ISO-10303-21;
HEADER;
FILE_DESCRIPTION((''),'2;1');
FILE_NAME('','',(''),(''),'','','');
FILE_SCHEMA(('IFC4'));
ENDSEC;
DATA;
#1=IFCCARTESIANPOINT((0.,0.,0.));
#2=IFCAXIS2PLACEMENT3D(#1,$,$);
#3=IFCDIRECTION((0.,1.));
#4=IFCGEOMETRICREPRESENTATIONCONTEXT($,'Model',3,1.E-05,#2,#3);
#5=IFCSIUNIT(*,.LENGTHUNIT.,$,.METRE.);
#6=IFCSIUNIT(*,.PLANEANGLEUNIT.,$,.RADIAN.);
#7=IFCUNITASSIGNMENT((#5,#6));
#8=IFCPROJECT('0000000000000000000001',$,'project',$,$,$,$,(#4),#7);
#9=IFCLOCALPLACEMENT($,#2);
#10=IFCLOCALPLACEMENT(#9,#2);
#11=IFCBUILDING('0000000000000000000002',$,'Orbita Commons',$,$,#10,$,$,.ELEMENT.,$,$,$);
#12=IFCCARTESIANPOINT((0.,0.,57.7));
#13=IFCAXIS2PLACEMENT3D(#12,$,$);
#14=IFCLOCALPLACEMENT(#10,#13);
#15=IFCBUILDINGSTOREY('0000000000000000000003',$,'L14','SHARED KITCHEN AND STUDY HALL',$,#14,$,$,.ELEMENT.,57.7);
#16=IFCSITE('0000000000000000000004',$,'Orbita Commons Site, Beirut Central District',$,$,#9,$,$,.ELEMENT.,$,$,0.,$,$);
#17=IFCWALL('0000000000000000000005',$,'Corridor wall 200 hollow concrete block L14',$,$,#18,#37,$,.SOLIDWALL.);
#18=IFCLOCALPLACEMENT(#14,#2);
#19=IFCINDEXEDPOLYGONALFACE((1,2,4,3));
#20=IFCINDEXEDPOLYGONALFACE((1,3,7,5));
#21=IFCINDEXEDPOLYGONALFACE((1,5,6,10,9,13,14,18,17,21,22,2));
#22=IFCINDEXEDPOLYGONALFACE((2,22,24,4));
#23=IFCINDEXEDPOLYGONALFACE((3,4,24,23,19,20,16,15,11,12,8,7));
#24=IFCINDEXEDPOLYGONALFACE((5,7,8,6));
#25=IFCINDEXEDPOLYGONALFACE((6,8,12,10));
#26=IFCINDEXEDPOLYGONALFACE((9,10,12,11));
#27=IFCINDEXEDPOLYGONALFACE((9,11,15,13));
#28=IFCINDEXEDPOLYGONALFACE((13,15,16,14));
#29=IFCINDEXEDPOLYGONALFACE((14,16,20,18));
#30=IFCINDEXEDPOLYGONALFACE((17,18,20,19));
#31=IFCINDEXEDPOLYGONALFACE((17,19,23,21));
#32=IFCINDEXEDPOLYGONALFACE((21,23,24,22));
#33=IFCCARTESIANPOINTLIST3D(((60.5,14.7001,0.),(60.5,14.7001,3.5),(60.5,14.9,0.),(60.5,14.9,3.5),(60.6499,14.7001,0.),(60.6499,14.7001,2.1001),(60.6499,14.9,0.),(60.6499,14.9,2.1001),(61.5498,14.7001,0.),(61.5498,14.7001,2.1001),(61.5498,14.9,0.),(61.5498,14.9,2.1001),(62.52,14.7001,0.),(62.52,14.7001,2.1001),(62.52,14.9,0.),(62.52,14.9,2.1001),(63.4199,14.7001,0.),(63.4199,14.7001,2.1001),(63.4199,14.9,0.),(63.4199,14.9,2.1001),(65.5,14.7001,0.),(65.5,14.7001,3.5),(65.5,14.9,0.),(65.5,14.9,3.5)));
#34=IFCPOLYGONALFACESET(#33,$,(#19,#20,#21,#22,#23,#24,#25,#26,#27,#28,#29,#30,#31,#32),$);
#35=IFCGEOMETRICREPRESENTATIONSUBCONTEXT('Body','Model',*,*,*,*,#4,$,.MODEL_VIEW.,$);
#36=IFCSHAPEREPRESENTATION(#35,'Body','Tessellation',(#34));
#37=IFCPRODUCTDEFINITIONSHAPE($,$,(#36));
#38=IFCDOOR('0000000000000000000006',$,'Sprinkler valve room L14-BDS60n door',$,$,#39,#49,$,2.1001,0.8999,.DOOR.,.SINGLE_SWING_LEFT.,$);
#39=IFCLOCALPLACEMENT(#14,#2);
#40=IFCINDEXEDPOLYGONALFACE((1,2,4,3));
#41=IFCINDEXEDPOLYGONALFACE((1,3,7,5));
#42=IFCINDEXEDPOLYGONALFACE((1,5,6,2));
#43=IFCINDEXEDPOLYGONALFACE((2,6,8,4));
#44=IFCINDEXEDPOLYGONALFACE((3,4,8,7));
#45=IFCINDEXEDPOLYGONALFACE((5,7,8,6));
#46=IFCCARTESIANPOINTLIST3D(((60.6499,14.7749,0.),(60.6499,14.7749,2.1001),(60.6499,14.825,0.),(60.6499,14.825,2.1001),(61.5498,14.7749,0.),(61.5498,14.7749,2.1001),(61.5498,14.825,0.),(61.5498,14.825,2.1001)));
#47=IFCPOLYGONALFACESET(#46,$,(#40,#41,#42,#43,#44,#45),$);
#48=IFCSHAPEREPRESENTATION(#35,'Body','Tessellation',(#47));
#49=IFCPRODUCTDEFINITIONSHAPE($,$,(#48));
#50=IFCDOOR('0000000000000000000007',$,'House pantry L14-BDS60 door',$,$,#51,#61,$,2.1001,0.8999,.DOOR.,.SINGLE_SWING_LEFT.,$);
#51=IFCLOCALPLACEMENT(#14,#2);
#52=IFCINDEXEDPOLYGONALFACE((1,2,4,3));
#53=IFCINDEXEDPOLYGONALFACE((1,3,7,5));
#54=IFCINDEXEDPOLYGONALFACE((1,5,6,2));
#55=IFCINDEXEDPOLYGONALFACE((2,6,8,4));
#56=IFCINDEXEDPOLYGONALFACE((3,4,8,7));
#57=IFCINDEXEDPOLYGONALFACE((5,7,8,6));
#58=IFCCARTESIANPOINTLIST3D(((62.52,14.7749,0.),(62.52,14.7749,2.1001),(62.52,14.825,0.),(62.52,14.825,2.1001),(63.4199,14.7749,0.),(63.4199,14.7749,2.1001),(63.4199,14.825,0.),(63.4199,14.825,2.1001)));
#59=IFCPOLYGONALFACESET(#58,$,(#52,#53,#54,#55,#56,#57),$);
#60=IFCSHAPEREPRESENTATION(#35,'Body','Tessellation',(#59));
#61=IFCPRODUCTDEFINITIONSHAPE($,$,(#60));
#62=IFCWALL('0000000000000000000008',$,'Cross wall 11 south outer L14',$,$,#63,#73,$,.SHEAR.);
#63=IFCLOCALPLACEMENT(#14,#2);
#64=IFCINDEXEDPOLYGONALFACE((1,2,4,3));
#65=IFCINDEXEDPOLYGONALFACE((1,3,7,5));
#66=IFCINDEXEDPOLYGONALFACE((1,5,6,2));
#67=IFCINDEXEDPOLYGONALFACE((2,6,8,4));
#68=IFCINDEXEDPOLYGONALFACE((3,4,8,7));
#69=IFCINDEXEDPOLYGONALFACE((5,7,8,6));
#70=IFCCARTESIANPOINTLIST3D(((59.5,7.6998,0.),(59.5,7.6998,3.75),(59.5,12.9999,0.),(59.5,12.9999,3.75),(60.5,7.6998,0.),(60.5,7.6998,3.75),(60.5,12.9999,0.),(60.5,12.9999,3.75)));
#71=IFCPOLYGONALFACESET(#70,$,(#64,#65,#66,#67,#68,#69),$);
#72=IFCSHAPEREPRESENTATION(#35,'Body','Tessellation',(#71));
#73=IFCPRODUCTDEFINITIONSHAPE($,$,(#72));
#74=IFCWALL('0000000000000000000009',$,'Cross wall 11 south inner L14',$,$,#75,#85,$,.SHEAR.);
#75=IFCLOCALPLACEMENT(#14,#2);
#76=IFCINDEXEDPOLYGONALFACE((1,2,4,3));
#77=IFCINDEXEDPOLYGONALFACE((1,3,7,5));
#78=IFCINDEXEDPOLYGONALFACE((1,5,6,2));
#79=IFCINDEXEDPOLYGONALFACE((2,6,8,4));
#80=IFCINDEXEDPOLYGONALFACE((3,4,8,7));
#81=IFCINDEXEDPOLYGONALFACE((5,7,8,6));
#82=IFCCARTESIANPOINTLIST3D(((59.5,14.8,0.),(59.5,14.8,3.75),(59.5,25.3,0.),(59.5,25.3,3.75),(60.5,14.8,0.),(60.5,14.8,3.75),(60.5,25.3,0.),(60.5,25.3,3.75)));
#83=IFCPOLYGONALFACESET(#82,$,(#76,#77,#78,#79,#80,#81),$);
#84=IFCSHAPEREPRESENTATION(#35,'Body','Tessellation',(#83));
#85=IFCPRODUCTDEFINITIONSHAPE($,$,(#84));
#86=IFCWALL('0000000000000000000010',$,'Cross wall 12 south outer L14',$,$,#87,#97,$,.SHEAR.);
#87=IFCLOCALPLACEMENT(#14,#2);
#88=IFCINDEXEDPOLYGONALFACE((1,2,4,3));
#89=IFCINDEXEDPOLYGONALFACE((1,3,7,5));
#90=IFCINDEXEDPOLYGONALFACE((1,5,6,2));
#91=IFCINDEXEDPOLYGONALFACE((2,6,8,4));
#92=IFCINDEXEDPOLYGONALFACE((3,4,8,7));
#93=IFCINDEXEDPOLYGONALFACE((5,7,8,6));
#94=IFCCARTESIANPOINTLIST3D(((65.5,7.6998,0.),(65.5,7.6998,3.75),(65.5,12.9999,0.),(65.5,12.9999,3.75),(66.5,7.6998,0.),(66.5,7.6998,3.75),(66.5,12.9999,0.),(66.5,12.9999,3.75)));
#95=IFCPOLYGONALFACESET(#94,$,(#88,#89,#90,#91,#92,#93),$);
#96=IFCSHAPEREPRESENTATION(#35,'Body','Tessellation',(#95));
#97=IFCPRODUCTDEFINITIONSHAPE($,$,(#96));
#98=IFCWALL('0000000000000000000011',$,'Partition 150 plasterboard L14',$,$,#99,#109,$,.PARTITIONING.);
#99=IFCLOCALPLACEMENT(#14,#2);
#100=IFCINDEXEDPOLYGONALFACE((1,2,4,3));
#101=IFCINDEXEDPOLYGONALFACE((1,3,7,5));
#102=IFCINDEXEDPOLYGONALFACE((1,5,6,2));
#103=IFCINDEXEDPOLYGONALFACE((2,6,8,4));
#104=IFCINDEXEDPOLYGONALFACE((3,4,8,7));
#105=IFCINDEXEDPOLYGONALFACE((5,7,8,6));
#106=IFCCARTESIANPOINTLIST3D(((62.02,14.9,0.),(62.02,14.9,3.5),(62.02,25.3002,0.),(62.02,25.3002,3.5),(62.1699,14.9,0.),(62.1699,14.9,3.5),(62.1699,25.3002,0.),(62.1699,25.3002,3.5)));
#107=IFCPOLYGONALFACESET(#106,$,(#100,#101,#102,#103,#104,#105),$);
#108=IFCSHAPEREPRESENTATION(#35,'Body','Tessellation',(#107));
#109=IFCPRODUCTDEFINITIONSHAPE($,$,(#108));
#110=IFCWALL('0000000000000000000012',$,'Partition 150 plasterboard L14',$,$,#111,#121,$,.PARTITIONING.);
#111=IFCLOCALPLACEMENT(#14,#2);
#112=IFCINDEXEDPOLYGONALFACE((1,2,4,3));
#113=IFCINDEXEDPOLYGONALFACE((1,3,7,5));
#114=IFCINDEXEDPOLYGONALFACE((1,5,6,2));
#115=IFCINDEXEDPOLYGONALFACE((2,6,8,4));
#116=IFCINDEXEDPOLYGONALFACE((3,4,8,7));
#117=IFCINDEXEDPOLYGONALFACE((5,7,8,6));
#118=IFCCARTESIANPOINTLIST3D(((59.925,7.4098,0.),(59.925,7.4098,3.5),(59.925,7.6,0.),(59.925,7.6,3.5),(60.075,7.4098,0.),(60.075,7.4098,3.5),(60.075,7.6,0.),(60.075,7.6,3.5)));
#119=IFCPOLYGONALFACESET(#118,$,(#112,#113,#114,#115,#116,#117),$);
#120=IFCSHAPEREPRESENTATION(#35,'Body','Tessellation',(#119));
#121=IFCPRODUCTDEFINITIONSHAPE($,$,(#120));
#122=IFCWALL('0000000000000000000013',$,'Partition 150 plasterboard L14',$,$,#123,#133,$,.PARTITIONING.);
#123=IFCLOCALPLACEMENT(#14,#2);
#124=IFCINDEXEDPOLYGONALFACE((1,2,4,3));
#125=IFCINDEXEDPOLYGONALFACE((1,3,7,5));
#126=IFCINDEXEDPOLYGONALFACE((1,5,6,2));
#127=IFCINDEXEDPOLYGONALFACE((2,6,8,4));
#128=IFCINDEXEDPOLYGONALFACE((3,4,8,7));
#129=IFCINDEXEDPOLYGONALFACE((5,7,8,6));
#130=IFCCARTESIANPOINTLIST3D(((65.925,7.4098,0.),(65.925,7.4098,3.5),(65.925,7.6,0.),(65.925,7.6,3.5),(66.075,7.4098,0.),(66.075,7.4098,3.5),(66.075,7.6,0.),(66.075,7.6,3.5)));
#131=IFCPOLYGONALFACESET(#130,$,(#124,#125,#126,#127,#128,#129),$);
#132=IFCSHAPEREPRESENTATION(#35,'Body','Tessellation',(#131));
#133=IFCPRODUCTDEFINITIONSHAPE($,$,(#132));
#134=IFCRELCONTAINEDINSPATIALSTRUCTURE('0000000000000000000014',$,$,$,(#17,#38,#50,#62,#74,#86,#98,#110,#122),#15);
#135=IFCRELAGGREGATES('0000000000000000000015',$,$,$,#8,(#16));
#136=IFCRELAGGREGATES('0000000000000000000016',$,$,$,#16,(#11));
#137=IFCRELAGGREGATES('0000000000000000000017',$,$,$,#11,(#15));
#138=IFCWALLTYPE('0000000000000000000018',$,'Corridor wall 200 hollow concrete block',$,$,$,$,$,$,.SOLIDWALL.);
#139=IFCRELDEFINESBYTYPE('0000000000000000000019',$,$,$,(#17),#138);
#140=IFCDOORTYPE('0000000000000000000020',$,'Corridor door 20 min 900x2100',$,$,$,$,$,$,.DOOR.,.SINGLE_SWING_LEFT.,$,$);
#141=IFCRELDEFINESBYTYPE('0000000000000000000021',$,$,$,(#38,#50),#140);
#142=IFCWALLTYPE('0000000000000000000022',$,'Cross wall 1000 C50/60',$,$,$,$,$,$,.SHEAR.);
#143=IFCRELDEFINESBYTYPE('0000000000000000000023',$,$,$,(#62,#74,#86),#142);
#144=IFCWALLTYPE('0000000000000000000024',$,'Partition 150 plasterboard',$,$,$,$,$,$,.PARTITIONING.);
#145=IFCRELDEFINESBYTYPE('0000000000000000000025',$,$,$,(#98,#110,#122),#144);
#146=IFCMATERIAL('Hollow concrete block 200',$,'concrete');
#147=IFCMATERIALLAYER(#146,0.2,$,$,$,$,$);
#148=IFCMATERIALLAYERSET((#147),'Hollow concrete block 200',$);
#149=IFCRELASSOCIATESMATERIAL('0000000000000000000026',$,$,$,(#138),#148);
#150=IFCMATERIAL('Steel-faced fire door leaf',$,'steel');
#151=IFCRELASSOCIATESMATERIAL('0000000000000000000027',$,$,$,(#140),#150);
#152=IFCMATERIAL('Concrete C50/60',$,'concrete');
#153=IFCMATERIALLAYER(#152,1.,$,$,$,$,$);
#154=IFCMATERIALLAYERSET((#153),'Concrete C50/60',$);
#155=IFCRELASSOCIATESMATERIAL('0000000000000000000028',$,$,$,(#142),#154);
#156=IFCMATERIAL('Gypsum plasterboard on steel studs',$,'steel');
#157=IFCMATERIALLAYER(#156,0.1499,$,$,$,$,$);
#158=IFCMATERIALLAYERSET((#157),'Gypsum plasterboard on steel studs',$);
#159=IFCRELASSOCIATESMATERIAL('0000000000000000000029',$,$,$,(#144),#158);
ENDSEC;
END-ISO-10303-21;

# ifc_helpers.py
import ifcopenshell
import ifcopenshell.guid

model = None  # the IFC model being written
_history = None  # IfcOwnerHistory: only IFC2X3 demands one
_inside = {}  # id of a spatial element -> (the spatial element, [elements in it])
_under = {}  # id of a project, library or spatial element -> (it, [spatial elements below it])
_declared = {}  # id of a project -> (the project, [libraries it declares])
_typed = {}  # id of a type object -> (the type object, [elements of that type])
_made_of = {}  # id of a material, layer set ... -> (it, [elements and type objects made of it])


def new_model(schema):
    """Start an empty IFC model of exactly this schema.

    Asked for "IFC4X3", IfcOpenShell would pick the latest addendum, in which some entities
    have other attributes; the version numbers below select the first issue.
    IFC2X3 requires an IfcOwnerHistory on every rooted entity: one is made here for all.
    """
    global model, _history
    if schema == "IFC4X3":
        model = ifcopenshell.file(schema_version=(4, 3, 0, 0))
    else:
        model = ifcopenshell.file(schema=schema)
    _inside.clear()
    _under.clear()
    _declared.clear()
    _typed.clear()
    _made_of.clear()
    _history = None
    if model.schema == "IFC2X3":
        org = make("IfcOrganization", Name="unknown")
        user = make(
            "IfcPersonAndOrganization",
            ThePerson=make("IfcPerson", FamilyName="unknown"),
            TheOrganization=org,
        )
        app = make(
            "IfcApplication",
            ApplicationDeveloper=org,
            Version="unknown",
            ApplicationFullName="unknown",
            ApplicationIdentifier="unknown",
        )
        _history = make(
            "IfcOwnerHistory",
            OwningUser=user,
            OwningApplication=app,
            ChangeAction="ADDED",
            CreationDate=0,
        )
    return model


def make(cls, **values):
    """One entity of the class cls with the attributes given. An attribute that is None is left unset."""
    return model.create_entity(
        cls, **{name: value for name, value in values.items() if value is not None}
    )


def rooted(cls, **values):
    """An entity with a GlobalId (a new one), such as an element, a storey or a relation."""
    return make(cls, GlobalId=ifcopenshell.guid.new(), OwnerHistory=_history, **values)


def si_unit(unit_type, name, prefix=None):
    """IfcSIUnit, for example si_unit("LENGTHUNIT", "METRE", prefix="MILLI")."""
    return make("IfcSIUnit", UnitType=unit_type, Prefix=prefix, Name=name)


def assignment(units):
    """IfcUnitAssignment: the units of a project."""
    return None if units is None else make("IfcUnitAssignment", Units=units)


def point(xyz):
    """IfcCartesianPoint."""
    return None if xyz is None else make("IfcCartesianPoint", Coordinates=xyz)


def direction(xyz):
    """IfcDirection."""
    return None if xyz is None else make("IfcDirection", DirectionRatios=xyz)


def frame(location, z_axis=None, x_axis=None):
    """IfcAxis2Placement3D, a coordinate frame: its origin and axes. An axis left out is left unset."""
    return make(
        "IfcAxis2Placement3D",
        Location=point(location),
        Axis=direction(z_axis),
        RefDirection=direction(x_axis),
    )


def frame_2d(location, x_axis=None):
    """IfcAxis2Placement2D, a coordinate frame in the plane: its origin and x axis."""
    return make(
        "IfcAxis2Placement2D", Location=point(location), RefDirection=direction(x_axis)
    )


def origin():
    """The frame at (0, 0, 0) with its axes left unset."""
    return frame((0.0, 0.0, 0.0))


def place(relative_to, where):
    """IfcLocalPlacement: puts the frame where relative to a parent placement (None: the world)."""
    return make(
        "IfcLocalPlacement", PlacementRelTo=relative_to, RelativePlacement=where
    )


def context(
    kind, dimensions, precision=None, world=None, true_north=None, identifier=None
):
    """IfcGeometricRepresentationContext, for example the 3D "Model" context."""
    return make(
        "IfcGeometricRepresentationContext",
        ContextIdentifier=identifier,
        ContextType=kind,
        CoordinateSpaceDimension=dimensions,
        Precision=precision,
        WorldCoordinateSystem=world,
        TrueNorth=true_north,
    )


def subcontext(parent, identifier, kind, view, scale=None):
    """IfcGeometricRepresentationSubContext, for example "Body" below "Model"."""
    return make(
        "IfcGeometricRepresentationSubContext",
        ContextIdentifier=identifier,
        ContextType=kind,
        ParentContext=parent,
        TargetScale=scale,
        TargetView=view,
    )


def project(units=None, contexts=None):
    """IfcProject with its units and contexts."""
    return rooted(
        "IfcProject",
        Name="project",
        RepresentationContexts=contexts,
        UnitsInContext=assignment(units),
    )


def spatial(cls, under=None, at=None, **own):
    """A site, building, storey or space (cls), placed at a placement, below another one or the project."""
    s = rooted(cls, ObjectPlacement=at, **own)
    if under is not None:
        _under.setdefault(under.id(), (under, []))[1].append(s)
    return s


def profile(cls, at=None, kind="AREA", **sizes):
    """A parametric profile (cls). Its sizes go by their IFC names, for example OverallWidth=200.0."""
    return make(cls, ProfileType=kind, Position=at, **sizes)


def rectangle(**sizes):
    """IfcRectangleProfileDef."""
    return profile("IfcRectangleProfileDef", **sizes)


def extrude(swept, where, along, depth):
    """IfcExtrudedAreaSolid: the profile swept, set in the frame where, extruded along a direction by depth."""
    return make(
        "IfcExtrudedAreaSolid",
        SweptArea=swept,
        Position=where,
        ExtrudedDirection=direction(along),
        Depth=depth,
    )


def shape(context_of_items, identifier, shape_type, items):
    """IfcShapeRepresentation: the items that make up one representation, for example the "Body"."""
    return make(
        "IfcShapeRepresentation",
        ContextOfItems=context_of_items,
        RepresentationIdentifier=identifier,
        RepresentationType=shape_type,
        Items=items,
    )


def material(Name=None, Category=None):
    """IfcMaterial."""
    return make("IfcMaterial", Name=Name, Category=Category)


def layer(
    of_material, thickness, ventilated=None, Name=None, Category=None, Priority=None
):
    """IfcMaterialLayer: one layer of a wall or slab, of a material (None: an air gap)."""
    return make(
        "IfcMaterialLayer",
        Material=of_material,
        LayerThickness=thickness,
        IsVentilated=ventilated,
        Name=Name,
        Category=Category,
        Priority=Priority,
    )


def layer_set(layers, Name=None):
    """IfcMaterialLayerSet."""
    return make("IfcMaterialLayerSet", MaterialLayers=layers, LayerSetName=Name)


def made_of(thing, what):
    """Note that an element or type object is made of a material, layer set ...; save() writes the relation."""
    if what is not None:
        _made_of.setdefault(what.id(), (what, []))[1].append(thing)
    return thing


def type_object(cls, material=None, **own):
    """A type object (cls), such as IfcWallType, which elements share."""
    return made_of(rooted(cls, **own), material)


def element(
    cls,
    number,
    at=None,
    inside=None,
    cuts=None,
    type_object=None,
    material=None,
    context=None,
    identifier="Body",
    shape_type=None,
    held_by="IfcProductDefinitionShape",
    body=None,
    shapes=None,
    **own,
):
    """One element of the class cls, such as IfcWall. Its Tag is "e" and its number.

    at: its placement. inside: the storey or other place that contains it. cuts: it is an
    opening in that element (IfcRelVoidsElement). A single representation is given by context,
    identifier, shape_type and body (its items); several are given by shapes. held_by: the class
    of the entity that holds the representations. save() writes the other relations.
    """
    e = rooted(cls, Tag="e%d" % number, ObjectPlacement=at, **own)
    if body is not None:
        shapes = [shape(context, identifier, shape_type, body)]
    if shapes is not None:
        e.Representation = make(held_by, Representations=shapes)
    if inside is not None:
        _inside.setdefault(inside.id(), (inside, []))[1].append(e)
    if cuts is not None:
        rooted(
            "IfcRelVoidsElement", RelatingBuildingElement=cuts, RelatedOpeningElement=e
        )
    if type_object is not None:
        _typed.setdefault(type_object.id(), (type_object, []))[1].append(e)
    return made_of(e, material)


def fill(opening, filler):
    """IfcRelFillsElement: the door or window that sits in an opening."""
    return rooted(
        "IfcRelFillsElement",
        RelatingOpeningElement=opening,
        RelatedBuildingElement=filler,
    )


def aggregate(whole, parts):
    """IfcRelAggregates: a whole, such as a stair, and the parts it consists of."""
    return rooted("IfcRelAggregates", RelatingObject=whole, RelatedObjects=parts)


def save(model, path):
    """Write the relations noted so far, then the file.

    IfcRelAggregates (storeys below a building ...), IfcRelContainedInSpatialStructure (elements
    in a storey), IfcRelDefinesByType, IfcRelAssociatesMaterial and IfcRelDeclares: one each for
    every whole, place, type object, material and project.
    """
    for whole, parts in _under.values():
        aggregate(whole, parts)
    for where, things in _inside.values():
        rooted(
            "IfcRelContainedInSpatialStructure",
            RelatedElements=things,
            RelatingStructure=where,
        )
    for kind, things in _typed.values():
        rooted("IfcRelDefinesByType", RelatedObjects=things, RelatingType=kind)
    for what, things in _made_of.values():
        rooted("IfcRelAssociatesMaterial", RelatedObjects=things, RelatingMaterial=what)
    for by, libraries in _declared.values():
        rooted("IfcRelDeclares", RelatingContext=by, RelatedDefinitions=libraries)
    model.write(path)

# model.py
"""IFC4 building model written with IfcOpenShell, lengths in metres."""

from ifc_helpers import new_model, si_unit, direction, frame, frame_2d, origin, place, context, subcontext, project, spatial, rectangle, extrude, material, layer, layer_set, type_object, element, fill, save


model = new_model("IFC4")

# Units and contexts
model_context = context("Model", 3, precision=1e-05, world=origin(), true_north=direction((0.0, 1.0)))
body_context = subcontext(model_context, "Body", "Model", "MODEL_VIEW")
ifc_project = project(units=[si_unit("LENGTHUNIT", "METRE"), si_unit("PLANEANGLEUNIT", "RADIAN")], contexts=[model_context])

# Site, building, storey
site_placement = place(None, origin())
site = spatial("IfcSite", under=ifc_project, at=site_placement, Name="Orbita Commons Site, Beirut Central District", CompositionType="ELEMENT", RefElevation=0.0)
building_placement = place(site_placement, origin())
building = spatial("IfcBuilding", under=site, at=building_placement, Name="Orbita Commons", CompositionType="ELEMENT")
storey_placement = place(building_placement, frame((0.0, 0.0, 57.7)))
storey = spatial("IfcBuildingStorey", under=building, at=storey_placement, Name="L14", Description="SHARED KITCHEN AND STUDY HALL", CompositionType="ELEMENT", Elevation=57.7)

# Wall, openings, doors
ifc_material_1 = material(Name="Hollow concrete block 200", Category="concrete")
ifc_layer_1 = layer(ifc_material_1, 0.2)
ifc_layer_set_1 = layer_set([ifc_layer_1], Name="Hollow concrete block 200")
wall_type_1 = type_object("IfcWallType", Name="Corridor wall 200 hollow concrete block", PredefinedType="SOLIDWALL", material=ifc_layer_set_1)
wall_1_placement = place(storey_placement, frame((60.5, 14.8, 0.0), z_axis=(0.0, 0.0, 1.0), x_axis=(1.0, 0.0, 0.0)))
wall_1 = element("IfcWall", 1, at=wall_1_placement, inside=storey, type_object=wall_type_1, Name="Corridor wall 200 hollow concrete block L14", PredefinedType="SOLIDWALL", context=body_context, shape_type="SweptSolid", body=[
    extrude(rectangle(XDim=5.0, YDim=0.2, at=frame_2d((2.5, 0.0))), origin(), (0.0, 0.0, 1.0), 3.5),
])
opening_1_placement = place(wall_1_placement, frame((0.1499, 0.0, 0.0)))
opening_1 = element("IfcOpeningElement", 2, at=opening_1_placement, cuts=wall_1, PredefinedType="OPENING", context=body_context, shape_type="SweptSolid", body=[
    extrude(rectangle(XDim=0.8999, YDim=2.1001, at=frame_2d((0.45, 1.05))), frame((0.0, 0.1099, 0.0), z_axis=(0.0, -1.0, 0.0), x_axis=(1.0, 0.0, 0.0)), (0.0, 0.0, 1.0), 0.22),
])
opening_2_placement = place(wall_1_placement, frame((2.02, 0.0, 0.0)))
opening_2 = element("IfcOpeningElement", 3, at=opening_2_placement, cuts=wall_1, PredefinedType="OPENING", context=body_context, shape_type="SweptSolid", body=[
    extrude(rectangle(XDim=0.8999, YDim=2.1001, at=frame_2d((0.45, 1.05))), frame((0.0, 0.1099, 0.0), z_axis=(0.0, -1.0, 0.0), x_axis=(1.0, 0.0, 0.0)), (0.0, 0.0, 1.0), 0.22),
])
ifc_material_2 = material(Name="Steel-faced fire door leaf", Category="steel")
door_type_1 = type_object("IfcDoorType", Name="Corridor door 20 min 900x2100", OperationType="SINGLE_SWING_LEFT", PredefinedType="DOOR", material=ifc_material_2)
door_1_placement = place(opening_1_placement, origin())
door_1 = element("IfcDoor", 4, at=door_1_placement, inside=storey, type_object=door_type_1, Name="Sprinkler valve room L14-BDS60n door", OperationType="SINGLE_SWING_LEFT", OverallHeight=2.1001, OverallWidth=0.8999, PredefinedType="DOOR", context=body_context, shape_type="SweptSolid", body=[
    extrude(rectangle(XDim=0.8999, YDim=2.1001, at=frame_2d((0.45, 1.05))), frame((0.0, 0.0249, 0.0), z_axis=(0.0, -1.0, 0.0), x_axis=(1.0, 0.0, 0.0)), (0.0, 0.0, 1.0), 0.05),
])
fill(opening_1, door_1)
door_2_placement = place(opening_2_placement, origin())
door_2 = element("IfcDoor", 5, at=door_2_placement, inside=storey, type_object=door_type_1, Name="House pantry L14-BDS60 door", OperationType="SINGLE_SWING_LEFT", OverallHeight=2.1001, OverallWidth=0.8999, PredefinedType="DOOR", context=body_context, shape_type="SweptSolid", body=[
    extrude(rectangle(XDim=0.8999, YDim=2.1001, at=frame_2d((0.45, 1.05))), frame((0.0, 0.0249, 0.0), z_axis=(0.0, -1.0, 0.0), x_axis=(1.0, 0.0, 0.0)), (0.0, 0.0, 1.0), 0.05),
])
fill(opening_2, door_2)

# Walls
ifc_material_3 = material(Name="Concrete C50/60", Category="concrete")
ifc_layer_2 = layer(ifc_material_3, 1.0)
ifc_layer_set_2 = layer_set([ifc_layer_2], Name="Concrete C50/60")
wall_type_2 = type_object("IfcWallType", Name="Cross wall 1000 C50/60", PredefinedType="SHEAR", material=ifc_layer_set_2)
wall_2_placement = place(storey_placement, frame((60.0, 7.7, 0.0), z_axis=(0.0, 0.0, 1.0), x_axis=(0.0, 1.0, 0.0)))
element("IfcWall", 6, at=wall_2_placement, inside=storey, type_object=wall_type_2, Name="Cross wall 11 south outer L14", PredefinedType="SHEAR", context=body_context, shape_type="SweptSolid", body=[
    extrude(rectangle(XDim=5.3, YDim=1.0, at=frame_2d((2.6499, 0.0))), origin(), (0.0, 0.0, 1.0), 3.75),
])
wall_3_placement = place(storey_placement, frame((60.0, 14.8, 0.0), z_axis=(0.0, 0.0, 1.0), x_axis=(0.0, 1.0, 0.0)))
element("IfcWall", 7, at=wall_3_placement, inside=storey, type_object=wall_type_2, Name="Cross wall 11 south inner L14", PredefinedType="SHEAR", context=body_context, shape_type="SweptSolid", body=[
    extrude(rectangle(XDim=10.5, YDim=1.0, at=frame_2d((5.25, 0.0))), origin(), (0.0, 0.0, 1.0), 3.75),
])
wall_4_placement = place(storey_placement, frame((66.0, 7.7, 0.0), z_axis=(0.0, 0.0, 1.0), x_axis=(0.0, 1.0, 0.0)))
element("IfcWall", 8, at=wall_4_placement, inside=storey, type_object=wall_type_2, Name="Cross wall 12 south outer L14", PredefinedType="SHEAR", context=body_context, shape_type="SweptSolid", body=[
    extrude(rectangle(XDim=5.3, YDim=1.0, at=frame_2d((2.6499, 0.0))), origin(), (0.0, 0.0, 1.0), 3.75),
])
ifc_material_4 = material(Name="Gypsum plasterboard on steel studs", Category="steel")
ifc_layer_3 = layer(ifc_material_4, 0.1499)
ifc_layer_set_3 = layer_set([ifc_layer_3], Name="Gypsum plasterboard on steel studs")
wall_type_3 = type_object("IfcWallType", Name="Partition 150 plasterboard", PredefinedType="PARTITIONING", material=ifc_layer_set_3)
wall_5_placement = place(storey_placement, frame((62.095, 14.8999, 0.0), z_axis=(0.0, 0.0, 1.0), x_axis=(0.0, 1.0, 0.0)))
element("IfcWall", 9, at=wall_5_placement, inside=storey, type_object=wall_type_3, Name="Partition 150 plasterboard L14", PredefinedType="PARTITIONING", context=body_context, shape_type="SweptSolid", body=[
    extrude(rectangle(XDim=10.4001, YDim=0.1499, at=frame_2d((5.2002, 0.0))), origin(), (0.0, 0.0, 1.0), 3.5),
])
for number, where, z_axis, x_axis, name in (
    (10, (60.0, 7.6001, 0.0), (0.0, 0.0, 1.0), (0.0, -1.0, 0.0), "Partition 150 plasterboard L14"),
    (11, (66.0, 7.6001, 0.0), (0.0, 0.0, 1.0), (0.0, -1.0, 0.0), "Partition 150 plasterboard L14"),
):
    element("IfcWall", number, at=place(storey_placement, frame(where, z_axis=z_axis, x_axis=x_axis)), inside=storey, type_object=wall_type_3, Name=name, PredefinedType="PARTITIONING", context=body_context, shape_type="SweptSolid", body=[
        extrude(rectangle(XDim=0.1902, YDim=0.1499, at=frame_2d((0.0952, 0.0))), origin(), (0.0, 0.0, 1.0), 3.5),
    ])

save(model, "model.ifc")
